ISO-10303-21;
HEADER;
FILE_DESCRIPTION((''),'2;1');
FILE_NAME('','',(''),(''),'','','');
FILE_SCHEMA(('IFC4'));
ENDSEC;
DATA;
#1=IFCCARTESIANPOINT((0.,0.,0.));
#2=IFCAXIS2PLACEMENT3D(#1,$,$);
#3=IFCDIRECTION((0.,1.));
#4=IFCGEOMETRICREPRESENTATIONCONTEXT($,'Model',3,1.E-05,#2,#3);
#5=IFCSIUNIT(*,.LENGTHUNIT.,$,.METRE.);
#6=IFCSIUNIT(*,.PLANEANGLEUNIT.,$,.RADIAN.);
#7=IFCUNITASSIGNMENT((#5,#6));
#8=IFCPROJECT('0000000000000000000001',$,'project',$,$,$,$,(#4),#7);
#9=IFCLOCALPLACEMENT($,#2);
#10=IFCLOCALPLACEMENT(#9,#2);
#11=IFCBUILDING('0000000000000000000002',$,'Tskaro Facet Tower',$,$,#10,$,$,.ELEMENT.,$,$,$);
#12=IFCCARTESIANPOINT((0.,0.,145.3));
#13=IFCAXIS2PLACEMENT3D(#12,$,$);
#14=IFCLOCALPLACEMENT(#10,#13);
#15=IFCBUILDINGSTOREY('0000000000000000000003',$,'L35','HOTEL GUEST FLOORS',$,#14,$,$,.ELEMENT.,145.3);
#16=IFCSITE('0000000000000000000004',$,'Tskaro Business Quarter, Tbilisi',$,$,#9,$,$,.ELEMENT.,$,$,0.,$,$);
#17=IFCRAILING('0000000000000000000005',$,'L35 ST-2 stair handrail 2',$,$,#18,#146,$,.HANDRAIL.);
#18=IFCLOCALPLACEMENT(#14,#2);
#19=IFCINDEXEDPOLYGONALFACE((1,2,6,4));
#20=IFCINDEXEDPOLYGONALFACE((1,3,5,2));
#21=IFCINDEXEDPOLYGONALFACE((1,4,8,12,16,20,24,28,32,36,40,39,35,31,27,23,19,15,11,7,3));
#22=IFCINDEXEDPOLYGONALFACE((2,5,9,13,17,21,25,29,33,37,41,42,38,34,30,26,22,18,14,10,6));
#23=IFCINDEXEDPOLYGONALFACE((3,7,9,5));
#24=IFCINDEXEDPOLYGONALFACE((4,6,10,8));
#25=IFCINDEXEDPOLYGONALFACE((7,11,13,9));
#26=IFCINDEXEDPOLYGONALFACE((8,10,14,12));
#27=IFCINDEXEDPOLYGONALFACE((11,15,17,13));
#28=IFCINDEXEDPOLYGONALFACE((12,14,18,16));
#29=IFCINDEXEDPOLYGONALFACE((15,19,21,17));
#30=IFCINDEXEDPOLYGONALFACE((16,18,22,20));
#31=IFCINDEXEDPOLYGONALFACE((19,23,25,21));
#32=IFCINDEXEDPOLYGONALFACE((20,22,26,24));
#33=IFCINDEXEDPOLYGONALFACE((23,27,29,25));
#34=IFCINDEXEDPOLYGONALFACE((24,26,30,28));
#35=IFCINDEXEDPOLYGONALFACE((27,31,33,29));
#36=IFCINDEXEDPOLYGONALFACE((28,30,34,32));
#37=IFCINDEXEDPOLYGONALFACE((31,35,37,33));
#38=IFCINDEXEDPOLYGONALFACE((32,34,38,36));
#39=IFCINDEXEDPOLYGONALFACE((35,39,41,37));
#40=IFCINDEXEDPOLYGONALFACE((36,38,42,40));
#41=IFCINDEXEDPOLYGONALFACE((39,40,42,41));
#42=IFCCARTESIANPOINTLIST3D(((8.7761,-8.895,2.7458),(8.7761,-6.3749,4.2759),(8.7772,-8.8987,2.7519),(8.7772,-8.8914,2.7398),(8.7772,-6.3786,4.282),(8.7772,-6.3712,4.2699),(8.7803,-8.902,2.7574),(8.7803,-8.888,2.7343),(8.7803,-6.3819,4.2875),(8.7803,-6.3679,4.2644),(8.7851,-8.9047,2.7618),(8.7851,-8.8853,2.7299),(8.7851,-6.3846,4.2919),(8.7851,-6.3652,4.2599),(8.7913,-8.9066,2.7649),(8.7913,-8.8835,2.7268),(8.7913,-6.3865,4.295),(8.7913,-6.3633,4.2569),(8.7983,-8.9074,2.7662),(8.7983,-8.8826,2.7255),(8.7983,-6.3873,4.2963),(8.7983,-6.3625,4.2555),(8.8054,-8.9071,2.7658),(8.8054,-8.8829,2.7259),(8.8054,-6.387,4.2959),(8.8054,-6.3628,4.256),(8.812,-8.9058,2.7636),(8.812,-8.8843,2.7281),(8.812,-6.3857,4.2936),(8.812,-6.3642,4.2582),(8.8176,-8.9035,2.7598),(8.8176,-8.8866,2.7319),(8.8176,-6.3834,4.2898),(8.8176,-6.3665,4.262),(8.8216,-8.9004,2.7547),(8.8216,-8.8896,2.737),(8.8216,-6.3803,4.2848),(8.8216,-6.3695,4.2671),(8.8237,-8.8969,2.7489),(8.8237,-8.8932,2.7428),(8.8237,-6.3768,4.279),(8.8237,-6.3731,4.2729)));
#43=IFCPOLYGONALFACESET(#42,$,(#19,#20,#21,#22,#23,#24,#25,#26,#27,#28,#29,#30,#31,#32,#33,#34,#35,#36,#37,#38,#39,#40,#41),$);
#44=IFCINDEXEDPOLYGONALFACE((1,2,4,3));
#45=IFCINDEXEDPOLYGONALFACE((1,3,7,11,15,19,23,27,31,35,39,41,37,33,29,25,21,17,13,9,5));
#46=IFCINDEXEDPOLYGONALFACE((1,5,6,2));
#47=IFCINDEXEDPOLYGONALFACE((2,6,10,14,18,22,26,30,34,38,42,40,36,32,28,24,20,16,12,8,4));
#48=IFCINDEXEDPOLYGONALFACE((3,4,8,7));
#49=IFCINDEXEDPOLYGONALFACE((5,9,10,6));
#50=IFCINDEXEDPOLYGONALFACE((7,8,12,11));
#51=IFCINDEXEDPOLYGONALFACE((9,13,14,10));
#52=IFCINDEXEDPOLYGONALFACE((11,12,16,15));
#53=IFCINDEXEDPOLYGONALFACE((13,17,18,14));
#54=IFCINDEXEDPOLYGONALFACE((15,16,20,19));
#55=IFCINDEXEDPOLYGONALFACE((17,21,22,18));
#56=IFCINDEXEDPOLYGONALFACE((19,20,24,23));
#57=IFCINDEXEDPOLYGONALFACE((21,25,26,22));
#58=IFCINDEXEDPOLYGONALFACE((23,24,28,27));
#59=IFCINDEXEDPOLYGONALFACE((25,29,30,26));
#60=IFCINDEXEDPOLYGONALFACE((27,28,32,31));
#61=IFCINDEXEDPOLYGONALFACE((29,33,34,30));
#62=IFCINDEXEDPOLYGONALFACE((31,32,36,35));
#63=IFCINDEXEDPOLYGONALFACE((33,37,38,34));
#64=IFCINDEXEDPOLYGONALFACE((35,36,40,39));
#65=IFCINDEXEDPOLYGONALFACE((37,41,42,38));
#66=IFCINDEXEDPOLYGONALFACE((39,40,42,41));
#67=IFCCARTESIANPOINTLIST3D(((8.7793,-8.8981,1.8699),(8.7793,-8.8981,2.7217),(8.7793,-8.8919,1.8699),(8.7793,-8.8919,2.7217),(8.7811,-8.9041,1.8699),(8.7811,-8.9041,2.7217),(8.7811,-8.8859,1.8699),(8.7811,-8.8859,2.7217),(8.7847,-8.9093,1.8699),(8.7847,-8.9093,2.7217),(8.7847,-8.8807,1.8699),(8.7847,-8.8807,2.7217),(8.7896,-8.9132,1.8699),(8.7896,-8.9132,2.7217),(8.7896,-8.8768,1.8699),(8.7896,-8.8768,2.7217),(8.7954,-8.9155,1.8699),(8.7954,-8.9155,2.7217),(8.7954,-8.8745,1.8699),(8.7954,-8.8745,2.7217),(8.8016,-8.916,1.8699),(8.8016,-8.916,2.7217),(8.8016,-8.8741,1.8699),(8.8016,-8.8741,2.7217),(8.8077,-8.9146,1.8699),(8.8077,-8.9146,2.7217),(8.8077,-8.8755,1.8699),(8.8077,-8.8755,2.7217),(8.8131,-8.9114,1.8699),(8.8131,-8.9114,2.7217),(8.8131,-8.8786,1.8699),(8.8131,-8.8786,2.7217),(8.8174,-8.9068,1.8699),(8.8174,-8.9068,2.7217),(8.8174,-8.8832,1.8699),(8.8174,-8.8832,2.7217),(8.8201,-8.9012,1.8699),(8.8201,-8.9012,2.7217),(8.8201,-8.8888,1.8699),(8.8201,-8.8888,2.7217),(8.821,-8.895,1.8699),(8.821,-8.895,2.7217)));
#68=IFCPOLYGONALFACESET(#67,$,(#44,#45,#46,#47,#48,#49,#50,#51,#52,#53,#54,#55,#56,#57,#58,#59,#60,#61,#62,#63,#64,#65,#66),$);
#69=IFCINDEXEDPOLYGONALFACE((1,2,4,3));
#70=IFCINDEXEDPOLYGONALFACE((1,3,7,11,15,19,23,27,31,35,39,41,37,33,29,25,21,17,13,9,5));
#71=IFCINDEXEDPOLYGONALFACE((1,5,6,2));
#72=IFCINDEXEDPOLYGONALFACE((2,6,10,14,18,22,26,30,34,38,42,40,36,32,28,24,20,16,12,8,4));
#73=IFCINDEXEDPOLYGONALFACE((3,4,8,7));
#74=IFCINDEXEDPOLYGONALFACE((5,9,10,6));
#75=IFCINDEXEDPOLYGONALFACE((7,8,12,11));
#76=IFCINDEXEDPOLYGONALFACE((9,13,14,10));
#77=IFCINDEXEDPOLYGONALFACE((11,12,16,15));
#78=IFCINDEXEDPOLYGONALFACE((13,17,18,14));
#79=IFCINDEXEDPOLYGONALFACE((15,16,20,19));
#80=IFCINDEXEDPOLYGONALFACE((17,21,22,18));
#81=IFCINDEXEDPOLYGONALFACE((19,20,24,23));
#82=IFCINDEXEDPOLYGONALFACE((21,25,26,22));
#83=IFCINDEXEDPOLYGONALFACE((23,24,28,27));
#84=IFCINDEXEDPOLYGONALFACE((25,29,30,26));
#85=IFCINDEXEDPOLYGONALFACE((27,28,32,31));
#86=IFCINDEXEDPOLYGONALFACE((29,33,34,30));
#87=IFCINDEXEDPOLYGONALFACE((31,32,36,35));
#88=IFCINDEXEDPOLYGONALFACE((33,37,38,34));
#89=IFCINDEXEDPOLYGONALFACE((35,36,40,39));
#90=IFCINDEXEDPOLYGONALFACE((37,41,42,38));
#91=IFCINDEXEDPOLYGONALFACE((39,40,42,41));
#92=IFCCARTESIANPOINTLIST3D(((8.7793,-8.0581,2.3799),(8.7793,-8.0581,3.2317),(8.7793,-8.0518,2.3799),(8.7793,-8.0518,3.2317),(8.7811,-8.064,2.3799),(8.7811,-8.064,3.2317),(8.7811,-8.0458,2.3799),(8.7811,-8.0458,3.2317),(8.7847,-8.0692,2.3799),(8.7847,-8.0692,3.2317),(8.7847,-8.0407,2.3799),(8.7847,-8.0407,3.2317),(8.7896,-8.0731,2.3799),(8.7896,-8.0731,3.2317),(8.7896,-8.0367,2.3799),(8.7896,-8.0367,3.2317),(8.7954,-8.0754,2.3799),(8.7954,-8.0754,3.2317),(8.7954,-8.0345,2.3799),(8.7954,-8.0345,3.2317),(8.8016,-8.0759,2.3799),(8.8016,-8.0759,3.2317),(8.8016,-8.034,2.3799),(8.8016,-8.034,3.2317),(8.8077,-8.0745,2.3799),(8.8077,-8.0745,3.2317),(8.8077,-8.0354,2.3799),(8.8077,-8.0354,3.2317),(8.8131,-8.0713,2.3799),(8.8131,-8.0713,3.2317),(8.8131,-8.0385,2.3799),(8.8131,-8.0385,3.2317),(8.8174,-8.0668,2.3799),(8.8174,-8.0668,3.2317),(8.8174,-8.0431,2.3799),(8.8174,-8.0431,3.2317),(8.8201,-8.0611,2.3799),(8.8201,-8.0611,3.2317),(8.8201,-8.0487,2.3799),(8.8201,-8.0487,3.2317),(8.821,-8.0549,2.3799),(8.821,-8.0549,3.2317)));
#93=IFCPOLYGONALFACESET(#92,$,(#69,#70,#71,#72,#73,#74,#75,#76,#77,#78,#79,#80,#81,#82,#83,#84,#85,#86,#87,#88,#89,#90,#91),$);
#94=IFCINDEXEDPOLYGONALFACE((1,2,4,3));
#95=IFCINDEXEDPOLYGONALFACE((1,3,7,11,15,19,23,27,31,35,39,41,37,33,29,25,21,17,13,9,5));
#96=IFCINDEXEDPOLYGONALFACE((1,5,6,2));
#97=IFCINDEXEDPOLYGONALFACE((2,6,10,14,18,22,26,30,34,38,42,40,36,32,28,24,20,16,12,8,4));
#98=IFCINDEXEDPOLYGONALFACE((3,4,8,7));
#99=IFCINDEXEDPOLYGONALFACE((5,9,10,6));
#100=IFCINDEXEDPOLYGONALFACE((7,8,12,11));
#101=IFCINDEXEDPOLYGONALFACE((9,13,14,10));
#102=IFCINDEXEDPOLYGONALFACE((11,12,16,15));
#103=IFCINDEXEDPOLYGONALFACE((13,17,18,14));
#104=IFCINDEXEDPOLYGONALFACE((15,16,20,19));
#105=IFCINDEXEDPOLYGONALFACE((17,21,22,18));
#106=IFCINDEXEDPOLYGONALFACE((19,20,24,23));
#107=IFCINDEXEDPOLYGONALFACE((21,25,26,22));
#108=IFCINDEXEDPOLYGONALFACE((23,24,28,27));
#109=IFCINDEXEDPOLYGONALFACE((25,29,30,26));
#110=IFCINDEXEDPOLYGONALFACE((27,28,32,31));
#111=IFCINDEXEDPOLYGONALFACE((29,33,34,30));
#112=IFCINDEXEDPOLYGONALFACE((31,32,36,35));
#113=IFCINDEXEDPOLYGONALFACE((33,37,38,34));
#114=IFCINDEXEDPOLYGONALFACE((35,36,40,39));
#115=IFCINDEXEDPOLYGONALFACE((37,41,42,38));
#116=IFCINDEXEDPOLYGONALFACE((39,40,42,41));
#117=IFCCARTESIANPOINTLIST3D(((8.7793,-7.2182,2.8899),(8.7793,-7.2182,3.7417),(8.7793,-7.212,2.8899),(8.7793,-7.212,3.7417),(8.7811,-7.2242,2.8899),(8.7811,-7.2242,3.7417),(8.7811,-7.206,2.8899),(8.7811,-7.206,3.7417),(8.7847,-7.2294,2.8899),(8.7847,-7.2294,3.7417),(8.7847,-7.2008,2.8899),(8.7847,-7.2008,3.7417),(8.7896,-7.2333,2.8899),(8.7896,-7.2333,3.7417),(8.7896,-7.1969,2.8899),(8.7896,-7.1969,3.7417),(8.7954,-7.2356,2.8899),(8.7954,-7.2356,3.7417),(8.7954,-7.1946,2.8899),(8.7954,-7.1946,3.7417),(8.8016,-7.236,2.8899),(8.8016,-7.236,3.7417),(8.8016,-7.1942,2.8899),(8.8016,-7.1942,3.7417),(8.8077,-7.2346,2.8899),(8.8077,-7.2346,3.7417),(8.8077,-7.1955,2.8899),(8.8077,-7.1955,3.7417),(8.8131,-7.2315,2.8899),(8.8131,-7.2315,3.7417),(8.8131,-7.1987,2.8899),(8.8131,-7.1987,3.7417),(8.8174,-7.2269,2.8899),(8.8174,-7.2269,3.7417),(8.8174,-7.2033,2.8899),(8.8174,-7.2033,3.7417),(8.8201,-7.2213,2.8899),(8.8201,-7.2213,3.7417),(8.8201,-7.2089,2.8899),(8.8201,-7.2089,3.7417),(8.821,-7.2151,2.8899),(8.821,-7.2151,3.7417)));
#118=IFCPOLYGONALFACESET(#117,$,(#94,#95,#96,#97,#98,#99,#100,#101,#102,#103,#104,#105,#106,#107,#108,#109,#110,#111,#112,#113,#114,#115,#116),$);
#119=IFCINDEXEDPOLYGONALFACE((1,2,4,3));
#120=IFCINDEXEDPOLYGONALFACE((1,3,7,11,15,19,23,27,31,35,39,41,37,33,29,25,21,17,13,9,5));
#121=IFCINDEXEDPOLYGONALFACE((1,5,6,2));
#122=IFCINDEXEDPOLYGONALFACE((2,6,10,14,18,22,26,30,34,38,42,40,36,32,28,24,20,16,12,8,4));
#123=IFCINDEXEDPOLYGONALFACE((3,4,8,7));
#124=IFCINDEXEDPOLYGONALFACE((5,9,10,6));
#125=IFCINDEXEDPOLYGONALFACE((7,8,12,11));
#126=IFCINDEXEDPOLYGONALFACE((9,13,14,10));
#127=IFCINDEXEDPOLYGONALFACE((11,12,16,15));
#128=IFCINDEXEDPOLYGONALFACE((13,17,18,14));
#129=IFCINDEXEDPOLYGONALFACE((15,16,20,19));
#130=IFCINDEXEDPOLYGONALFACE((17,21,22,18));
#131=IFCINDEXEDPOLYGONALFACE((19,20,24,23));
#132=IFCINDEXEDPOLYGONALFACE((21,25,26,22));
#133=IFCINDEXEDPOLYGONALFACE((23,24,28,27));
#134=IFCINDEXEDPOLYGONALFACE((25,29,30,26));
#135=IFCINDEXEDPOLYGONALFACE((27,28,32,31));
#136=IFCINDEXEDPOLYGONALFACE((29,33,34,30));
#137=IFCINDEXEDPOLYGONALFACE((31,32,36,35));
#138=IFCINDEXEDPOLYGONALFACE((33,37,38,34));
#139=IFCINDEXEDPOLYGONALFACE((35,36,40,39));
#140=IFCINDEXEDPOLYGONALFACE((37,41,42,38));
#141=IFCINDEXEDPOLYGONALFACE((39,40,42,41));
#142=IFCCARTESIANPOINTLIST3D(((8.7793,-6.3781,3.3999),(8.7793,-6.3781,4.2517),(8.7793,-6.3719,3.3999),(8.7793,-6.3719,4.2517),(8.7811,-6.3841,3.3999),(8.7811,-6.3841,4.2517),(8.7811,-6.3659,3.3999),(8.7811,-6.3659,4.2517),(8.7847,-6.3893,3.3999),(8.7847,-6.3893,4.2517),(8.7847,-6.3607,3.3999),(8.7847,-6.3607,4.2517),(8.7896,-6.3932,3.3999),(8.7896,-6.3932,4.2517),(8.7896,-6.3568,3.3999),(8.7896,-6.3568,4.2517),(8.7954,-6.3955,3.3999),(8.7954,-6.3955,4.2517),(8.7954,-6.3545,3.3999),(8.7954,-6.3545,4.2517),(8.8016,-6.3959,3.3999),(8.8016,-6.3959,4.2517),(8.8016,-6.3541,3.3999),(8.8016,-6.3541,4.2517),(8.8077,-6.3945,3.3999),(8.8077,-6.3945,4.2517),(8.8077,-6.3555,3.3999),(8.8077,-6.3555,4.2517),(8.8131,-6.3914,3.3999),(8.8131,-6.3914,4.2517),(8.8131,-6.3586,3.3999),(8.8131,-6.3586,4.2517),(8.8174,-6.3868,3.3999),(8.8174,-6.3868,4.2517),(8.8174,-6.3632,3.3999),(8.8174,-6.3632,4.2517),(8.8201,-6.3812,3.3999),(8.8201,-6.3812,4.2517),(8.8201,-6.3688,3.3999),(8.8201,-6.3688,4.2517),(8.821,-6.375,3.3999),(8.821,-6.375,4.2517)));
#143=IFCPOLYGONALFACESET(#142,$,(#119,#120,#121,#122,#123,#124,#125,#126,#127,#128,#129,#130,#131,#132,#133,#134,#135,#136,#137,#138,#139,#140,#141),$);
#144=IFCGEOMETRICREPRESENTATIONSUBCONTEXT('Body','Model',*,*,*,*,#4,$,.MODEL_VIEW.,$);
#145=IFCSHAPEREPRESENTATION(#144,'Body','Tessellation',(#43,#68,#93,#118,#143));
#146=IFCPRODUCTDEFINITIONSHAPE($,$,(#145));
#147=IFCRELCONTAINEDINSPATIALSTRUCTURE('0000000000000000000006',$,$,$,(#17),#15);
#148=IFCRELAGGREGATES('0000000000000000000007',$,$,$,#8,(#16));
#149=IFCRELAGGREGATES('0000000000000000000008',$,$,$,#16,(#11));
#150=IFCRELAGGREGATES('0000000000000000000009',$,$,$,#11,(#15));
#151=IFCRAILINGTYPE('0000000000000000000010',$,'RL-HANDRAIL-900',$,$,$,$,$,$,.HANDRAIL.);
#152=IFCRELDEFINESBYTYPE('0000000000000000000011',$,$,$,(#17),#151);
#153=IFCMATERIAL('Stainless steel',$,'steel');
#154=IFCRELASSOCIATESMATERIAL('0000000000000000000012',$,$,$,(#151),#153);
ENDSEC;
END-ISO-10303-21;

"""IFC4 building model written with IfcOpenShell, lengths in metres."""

from ifc_helpers import new_model, si_unit, direction, frame, origin, origin_2d, place, context, subcontext, project, spatial, circle, extrude, material, type_object, element, save


model = new_model("IFC4")

# Units and contexts
model_context = context("Model", 3, precision=1e-05, world=origin(), true_north=direction((0.0, 1.0)))
body_context = subcontext(model_context, "Body", "Model", "MODEL_VIEW")
ifc_project = project(units=[si_unit("LENGTHUNIT", "METRE"), si_unit("PLANEANGLEUNIT", "RADIAN")], contexts=[model_context])

# Site, building, storey
site_placement = place(None, origin())
site = spatial("IfcSite", under=ifc_project, at=site_placement, Name="Tskaro Business Quarter, Tbilisi", CompositionType="ELEMENT", RefElevation=0.0)
building_placement = place(site_placement, origin())
building = spatial("IfcBuilding", under=site, at=building_placement, Name="Tskaro Facet Tower", CompositionType="ELEMENT")
storey_placement = place(building_placement, frame((0.0, 0.0, 145.3)))
storey = spatial("IfcBuildingStorey", under=building, at=storey_placement, Name="L35", Description="HOTEL GUEST FLOORS", CompositionType="ELEMENT", Elevation=145.3)

# Railing
ifc_material_1 = material(Name="Stainless steel", Category="steel")
railing_type_1 = type_object("IfcRailingType", Name="RL-HANDRAIL-900", PredefinedType="HANDRAIL", material=ifc_material_1)
railing_1_placement = place(storey_placement, frame((8.8, -8.895, 1.8699)))
element("IfcRailing", 1, at=railing_1_placement, inside=storey, type_object=railing_type_1, Name="L35 ST-2 stair handrail 2", PredefinedType="HANDRAIL", context=body_context, shape_type="SweptSolid", body=[
    extrude(circle(Radius=0.0239, at=origin_2d()), frame((0.0, 0.0, 0.876), z_axis=(0.0, 0.854785, 0.518982), x_axis=(-1.0, 0.0, 0.0)), (0.0, 0.0, 1.0), 2.9482),
    extrude(circle(Radius=0.021, at=origin_2d()), origin(), (0.0, 0.0, 1.0), 0.8518),
    extrude(circle(Radius=0.021, at=origin_2d()), frame((0.0, 0.8401, 0.51)), (0.0, 0.0, 1.0), 0.8518),
    extrude(circle(Radius=0.021, at=origin_2d()), frame((0.0, 1.6799, 1.02)), (0.0, 0.0, 1.0), 0.8518),
    extrude(circle(Radius=0.021, at=origin_2d()), frame((0.0, 2.52, 1.53)), (0.0, 0.0, 1.0), 0.8518),
])

save(model, "model.ifc")
